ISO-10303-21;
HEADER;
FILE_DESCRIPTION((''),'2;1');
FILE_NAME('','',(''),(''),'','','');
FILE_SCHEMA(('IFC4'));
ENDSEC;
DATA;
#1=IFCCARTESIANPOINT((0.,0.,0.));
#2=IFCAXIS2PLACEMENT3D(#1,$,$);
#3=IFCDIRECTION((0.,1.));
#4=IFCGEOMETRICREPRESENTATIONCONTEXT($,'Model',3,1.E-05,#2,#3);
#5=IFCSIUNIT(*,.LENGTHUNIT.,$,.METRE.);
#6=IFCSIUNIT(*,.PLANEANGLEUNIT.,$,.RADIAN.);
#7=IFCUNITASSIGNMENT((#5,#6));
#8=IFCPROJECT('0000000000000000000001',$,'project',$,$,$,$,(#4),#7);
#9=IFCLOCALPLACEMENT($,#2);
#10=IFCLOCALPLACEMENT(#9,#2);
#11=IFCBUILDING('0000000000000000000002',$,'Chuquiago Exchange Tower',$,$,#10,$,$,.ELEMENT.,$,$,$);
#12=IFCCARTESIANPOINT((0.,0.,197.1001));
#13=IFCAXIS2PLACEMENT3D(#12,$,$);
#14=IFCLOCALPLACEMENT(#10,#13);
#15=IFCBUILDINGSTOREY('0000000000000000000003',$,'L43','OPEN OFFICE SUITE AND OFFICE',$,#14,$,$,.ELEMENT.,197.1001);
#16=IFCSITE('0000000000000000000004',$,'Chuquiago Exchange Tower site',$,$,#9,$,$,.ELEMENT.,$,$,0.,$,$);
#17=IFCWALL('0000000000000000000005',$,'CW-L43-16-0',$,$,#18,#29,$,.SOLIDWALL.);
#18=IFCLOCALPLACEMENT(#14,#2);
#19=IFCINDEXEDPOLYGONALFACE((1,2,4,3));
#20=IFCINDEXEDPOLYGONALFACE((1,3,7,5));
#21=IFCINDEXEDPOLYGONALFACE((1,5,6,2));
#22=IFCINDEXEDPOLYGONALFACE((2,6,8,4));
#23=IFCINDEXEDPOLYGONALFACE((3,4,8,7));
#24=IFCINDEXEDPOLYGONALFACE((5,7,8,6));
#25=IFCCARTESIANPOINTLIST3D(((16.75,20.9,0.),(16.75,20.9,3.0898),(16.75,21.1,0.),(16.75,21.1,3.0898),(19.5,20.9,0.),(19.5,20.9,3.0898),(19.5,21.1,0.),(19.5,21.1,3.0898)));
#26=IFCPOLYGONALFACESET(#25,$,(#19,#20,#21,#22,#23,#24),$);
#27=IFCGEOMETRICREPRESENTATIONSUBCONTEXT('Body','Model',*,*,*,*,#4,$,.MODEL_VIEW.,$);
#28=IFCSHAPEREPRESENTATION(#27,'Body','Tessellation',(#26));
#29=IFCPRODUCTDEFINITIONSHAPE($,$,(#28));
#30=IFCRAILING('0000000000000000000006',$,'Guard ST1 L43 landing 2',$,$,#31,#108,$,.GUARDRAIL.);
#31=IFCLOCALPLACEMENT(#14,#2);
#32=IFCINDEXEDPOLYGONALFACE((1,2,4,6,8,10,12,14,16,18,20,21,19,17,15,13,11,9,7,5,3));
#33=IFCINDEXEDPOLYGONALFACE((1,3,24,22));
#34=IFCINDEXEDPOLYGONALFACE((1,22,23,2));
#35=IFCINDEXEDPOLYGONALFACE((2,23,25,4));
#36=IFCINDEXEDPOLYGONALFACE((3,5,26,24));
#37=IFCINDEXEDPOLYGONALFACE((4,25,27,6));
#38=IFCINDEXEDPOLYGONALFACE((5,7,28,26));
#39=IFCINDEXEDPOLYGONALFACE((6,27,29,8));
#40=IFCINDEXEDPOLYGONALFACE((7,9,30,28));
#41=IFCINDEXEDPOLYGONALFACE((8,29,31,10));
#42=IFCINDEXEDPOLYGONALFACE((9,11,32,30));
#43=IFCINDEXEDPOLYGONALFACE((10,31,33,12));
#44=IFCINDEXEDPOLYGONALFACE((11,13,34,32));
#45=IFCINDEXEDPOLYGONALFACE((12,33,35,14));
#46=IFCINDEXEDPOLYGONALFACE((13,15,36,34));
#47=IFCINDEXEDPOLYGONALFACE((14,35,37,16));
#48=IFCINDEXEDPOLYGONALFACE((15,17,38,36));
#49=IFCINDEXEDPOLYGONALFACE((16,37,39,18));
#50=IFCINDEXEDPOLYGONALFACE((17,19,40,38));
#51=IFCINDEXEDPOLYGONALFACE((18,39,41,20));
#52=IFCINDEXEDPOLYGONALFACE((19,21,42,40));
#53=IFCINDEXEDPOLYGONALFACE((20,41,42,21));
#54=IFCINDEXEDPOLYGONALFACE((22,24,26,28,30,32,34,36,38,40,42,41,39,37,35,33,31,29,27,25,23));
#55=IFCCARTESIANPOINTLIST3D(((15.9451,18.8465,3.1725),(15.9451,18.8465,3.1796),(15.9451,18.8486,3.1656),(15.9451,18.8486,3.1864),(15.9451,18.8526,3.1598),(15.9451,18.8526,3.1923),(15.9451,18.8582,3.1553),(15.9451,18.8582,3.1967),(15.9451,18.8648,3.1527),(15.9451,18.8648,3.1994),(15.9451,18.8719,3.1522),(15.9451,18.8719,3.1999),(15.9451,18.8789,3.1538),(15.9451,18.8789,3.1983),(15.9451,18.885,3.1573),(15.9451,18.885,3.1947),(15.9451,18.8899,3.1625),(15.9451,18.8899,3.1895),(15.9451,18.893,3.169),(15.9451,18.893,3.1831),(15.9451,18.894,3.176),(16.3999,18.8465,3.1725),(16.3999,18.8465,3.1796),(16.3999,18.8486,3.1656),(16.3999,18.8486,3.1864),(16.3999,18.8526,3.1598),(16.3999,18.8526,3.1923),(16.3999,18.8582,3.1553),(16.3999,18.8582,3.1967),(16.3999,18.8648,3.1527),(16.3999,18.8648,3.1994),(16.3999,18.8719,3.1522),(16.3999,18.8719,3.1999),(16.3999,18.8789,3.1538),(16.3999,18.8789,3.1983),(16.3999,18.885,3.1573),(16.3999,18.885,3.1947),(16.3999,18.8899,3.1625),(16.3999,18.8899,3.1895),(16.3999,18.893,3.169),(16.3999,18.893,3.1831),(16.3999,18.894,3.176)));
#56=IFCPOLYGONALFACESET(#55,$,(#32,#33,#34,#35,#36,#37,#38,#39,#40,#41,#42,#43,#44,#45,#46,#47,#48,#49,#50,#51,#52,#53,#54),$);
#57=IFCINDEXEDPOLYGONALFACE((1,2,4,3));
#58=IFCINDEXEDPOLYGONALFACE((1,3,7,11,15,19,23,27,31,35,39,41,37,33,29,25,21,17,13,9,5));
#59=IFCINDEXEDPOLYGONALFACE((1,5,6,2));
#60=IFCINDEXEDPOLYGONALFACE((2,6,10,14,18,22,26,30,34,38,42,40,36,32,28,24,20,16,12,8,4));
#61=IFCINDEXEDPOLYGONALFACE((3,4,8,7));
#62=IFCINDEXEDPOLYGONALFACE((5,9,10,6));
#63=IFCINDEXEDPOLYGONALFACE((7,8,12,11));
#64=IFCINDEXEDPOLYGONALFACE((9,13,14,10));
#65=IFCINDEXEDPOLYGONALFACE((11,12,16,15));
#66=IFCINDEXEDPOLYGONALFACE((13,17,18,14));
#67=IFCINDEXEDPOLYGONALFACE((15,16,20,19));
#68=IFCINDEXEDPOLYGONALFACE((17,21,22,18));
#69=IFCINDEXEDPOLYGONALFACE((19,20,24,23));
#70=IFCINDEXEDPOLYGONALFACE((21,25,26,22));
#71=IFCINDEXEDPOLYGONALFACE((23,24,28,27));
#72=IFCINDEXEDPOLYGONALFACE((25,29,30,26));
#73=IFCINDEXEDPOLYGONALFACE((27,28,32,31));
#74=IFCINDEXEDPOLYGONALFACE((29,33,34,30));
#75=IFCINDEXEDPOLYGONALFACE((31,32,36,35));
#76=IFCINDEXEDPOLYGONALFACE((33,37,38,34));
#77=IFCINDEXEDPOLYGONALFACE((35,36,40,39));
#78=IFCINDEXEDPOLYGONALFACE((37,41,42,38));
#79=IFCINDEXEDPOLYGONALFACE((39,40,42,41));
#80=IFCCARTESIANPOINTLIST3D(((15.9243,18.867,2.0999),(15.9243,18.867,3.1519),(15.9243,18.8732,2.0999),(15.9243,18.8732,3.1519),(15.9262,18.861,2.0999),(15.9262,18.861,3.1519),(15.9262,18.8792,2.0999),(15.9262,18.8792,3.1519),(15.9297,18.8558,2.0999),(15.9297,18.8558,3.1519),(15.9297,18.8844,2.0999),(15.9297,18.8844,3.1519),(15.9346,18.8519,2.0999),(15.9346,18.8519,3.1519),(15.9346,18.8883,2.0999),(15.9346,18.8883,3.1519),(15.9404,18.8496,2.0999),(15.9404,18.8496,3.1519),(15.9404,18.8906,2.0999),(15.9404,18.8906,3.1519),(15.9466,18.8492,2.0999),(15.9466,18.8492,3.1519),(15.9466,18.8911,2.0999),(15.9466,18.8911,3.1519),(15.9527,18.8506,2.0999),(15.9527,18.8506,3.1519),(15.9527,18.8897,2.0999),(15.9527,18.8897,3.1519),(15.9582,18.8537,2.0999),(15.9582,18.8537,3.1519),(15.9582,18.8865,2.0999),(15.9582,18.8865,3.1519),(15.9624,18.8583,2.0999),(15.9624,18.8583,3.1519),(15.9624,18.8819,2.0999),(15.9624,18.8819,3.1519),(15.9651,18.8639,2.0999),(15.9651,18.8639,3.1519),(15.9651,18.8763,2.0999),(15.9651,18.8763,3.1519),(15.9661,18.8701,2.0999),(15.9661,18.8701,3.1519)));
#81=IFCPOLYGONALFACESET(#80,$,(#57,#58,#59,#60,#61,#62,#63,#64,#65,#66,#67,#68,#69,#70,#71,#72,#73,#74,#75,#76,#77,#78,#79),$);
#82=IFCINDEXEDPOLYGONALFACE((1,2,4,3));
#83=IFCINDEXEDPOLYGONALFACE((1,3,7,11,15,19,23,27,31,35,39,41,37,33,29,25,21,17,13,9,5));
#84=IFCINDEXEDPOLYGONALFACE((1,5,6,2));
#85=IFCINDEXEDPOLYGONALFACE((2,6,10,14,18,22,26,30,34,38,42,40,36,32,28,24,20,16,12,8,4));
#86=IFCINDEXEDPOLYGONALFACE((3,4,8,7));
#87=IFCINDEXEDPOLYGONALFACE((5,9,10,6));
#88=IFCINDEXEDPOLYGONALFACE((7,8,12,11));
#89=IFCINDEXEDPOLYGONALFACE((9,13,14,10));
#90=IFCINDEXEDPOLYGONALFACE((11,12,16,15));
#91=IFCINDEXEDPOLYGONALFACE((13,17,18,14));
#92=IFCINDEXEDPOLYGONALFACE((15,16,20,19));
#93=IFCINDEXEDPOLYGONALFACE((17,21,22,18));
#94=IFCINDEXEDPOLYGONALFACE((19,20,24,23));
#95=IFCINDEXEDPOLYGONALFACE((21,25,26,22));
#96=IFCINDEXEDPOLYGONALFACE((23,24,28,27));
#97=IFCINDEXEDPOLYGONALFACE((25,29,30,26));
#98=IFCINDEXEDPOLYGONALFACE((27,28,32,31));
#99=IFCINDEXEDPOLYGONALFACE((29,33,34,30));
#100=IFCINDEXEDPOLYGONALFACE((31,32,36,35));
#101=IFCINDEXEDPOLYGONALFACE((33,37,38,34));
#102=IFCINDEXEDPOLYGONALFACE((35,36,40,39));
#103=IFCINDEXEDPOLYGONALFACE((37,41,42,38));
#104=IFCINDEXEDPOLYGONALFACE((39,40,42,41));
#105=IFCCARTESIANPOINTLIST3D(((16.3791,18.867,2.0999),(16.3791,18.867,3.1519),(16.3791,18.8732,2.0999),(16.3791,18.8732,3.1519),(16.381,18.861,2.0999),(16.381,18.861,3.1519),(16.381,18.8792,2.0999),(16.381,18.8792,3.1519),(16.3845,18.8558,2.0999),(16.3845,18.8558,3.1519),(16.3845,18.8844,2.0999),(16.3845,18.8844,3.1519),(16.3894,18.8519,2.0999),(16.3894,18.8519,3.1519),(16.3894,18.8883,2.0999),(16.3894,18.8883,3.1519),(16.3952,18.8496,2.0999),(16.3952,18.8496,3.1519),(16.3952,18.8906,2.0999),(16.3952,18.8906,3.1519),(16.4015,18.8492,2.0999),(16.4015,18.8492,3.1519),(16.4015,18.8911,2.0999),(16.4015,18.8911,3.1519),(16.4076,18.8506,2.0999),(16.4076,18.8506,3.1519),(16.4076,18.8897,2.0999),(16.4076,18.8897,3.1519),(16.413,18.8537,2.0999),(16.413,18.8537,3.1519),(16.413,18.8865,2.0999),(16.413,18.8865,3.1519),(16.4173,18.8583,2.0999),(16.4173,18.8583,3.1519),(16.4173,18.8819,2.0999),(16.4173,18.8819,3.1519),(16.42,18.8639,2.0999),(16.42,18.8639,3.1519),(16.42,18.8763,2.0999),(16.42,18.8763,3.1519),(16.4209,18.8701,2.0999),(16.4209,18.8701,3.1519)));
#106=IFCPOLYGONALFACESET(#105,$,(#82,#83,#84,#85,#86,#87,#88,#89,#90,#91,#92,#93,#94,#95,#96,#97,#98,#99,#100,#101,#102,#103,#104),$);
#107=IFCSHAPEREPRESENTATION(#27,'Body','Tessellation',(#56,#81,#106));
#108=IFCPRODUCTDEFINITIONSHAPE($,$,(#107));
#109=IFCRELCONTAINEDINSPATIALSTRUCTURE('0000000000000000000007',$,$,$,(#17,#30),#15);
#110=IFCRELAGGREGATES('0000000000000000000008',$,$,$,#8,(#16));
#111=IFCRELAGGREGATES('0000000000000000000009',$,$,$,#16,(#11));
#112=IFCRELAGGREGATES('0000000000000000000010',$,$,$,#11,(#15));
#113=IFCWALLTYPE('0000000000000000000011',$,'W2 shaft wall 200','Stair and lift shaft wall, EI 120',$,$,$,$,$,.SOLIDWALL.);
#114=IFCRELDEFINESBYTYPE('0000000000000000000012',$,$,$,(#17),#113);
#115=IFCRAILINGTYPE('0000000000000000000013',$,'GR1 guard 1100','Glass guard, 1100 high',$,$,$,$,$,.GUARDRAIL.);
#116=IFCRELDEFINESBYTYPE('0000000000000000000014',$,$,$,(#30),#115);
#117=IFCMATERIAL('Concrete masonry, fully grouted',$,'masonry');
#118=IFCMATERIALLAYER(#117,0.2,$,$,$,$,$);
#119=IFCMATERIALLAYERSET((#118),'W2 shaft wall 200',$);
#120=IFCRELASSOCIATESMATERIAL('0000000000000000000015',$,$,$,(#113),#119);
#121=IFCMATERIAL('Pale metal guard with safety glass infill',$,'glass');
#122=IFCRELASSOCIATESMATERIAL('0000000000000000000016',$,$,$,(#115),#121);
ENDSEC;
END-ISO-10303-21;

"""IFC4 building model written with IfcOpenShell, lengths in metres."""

from ifc_helpers import new_model, si_unit, direction, frame, frame_2d, origin, origin_2d, place, context, subcontext, project, spatial, rectangle, circle, extrude, material, layer, layer_set, type_object, element, save


model = new_model("IFC4")

# Units and contexts
model_context = context("Model", 3, precision=1e-05, world=origin(), true_north=direction((0.0, 1.0)))
body_context = subcontext(model_context, "Body", "Model", "MODEL_VIEW")
ifc_project = project(units=[si_unit("LENGTHUNIT", "METRE"), si_unit("PLANEANGLEUNIT", "RADIAN")], contexts=[model_context])

# Site, building, storey
site_placement = place(None, origin())
site = spatial("IfcSite", under=ifc_project, at=site_placement, Name="Chuquiago Exchange Tower site", CompositionType="ELEMENT", RefElevation=0.0)
building_placement = place(site_placement, origin())
building = spatial("IfcBuilding", under=site, at=building_placement, Name="Chuquiago Exchange Tower", CompositionType="ELEMENT")
storey_placement = place(building_placement, frame((0.0, 0.0, 197.1001)))
storey = spatial("IfcBuildingStorey", under=building, at=storey_placement, Name="L43", Description="OPEN OFFICE SUITE AND OFFICE", CompositionType="ELEMENT", Elevation=197.1001)

# Wall
ifc_material_1 = material(Name="Concrete masonry, fully grouted", Category="masonry")
ifc_layer = layer(ifc_material_1, 0.2)
ifc_layer_set = layer_set([ifc_layer], Name="W2 shaft wall 200")
wall_type = type_object("IfcWallType", Name="W2 shaft wall 200", Description="Stair and lift shaft wall, EI 120", PredefinedType="SOLIDWALL", material=ifc_layer_set)
wall_1_placement = place(storey_placement, frame((16.75, 21.0, 0.0), z_axis=(0.0, 0.0, 1.0), x_axis=(1.0, 0.0, 0.0)))
element("IfcWall", 1, at=wall_1_placement, inside=storey, type_object=wall_type, Name="CW-L43-16-0", PredefinedType="SOLIDWALL", context=body_context, shape_type="SweptSolid", body=[
    extrude(rectangle(XDim=2.75, YDim=0.2, at=frame_2d((1.375, 0.0))), origin(), (0.0, 0.0, 1.0), 3.0898),
])

# Railing
ifc_material_2 = material(Name="Pale metal guard with safety glass infill", Category="glass")
railing_type_1 = type_object("IfcRailingType", Name="GR1 guard 1100", Description="Glass guard, 1100 high", PredefinedType="GUARDRAIL", material=ifc_material_2)
railing_placement = place(storey_placement, frame((15.9451, 18.8701, 2.0999)))
element("IfcRailing", 2, at=railing_placement, inside=storey, type_object=railing_type_1, Name="Guard ST1 L43 landing 2", PredefinedType="GUARDRAIL", context=body_context, shape_type="SweptSolid", body=[
    extrude(circle(Radius=0.0239, at=origin_2d()), frame((0.0, 0.0, 1.0762), z_axis=(1.0, 0.0, 0.0), x_axis=(0.0, 1.0, 0.0)), (0.0, 0.0, 1.0), 0.4548),
    extrude(circle(Radius=0.021, at=origin_2d()), origin(), (0.0, 0.0, 1.0), 1.052),
    extrude(circle(Radius=0.021, at=origin_2d()), frame((0.4548, 0.0, 0.0)), (0.0, 0.0, 1.0), 1.052),
])

save(model, "model.ifc")
